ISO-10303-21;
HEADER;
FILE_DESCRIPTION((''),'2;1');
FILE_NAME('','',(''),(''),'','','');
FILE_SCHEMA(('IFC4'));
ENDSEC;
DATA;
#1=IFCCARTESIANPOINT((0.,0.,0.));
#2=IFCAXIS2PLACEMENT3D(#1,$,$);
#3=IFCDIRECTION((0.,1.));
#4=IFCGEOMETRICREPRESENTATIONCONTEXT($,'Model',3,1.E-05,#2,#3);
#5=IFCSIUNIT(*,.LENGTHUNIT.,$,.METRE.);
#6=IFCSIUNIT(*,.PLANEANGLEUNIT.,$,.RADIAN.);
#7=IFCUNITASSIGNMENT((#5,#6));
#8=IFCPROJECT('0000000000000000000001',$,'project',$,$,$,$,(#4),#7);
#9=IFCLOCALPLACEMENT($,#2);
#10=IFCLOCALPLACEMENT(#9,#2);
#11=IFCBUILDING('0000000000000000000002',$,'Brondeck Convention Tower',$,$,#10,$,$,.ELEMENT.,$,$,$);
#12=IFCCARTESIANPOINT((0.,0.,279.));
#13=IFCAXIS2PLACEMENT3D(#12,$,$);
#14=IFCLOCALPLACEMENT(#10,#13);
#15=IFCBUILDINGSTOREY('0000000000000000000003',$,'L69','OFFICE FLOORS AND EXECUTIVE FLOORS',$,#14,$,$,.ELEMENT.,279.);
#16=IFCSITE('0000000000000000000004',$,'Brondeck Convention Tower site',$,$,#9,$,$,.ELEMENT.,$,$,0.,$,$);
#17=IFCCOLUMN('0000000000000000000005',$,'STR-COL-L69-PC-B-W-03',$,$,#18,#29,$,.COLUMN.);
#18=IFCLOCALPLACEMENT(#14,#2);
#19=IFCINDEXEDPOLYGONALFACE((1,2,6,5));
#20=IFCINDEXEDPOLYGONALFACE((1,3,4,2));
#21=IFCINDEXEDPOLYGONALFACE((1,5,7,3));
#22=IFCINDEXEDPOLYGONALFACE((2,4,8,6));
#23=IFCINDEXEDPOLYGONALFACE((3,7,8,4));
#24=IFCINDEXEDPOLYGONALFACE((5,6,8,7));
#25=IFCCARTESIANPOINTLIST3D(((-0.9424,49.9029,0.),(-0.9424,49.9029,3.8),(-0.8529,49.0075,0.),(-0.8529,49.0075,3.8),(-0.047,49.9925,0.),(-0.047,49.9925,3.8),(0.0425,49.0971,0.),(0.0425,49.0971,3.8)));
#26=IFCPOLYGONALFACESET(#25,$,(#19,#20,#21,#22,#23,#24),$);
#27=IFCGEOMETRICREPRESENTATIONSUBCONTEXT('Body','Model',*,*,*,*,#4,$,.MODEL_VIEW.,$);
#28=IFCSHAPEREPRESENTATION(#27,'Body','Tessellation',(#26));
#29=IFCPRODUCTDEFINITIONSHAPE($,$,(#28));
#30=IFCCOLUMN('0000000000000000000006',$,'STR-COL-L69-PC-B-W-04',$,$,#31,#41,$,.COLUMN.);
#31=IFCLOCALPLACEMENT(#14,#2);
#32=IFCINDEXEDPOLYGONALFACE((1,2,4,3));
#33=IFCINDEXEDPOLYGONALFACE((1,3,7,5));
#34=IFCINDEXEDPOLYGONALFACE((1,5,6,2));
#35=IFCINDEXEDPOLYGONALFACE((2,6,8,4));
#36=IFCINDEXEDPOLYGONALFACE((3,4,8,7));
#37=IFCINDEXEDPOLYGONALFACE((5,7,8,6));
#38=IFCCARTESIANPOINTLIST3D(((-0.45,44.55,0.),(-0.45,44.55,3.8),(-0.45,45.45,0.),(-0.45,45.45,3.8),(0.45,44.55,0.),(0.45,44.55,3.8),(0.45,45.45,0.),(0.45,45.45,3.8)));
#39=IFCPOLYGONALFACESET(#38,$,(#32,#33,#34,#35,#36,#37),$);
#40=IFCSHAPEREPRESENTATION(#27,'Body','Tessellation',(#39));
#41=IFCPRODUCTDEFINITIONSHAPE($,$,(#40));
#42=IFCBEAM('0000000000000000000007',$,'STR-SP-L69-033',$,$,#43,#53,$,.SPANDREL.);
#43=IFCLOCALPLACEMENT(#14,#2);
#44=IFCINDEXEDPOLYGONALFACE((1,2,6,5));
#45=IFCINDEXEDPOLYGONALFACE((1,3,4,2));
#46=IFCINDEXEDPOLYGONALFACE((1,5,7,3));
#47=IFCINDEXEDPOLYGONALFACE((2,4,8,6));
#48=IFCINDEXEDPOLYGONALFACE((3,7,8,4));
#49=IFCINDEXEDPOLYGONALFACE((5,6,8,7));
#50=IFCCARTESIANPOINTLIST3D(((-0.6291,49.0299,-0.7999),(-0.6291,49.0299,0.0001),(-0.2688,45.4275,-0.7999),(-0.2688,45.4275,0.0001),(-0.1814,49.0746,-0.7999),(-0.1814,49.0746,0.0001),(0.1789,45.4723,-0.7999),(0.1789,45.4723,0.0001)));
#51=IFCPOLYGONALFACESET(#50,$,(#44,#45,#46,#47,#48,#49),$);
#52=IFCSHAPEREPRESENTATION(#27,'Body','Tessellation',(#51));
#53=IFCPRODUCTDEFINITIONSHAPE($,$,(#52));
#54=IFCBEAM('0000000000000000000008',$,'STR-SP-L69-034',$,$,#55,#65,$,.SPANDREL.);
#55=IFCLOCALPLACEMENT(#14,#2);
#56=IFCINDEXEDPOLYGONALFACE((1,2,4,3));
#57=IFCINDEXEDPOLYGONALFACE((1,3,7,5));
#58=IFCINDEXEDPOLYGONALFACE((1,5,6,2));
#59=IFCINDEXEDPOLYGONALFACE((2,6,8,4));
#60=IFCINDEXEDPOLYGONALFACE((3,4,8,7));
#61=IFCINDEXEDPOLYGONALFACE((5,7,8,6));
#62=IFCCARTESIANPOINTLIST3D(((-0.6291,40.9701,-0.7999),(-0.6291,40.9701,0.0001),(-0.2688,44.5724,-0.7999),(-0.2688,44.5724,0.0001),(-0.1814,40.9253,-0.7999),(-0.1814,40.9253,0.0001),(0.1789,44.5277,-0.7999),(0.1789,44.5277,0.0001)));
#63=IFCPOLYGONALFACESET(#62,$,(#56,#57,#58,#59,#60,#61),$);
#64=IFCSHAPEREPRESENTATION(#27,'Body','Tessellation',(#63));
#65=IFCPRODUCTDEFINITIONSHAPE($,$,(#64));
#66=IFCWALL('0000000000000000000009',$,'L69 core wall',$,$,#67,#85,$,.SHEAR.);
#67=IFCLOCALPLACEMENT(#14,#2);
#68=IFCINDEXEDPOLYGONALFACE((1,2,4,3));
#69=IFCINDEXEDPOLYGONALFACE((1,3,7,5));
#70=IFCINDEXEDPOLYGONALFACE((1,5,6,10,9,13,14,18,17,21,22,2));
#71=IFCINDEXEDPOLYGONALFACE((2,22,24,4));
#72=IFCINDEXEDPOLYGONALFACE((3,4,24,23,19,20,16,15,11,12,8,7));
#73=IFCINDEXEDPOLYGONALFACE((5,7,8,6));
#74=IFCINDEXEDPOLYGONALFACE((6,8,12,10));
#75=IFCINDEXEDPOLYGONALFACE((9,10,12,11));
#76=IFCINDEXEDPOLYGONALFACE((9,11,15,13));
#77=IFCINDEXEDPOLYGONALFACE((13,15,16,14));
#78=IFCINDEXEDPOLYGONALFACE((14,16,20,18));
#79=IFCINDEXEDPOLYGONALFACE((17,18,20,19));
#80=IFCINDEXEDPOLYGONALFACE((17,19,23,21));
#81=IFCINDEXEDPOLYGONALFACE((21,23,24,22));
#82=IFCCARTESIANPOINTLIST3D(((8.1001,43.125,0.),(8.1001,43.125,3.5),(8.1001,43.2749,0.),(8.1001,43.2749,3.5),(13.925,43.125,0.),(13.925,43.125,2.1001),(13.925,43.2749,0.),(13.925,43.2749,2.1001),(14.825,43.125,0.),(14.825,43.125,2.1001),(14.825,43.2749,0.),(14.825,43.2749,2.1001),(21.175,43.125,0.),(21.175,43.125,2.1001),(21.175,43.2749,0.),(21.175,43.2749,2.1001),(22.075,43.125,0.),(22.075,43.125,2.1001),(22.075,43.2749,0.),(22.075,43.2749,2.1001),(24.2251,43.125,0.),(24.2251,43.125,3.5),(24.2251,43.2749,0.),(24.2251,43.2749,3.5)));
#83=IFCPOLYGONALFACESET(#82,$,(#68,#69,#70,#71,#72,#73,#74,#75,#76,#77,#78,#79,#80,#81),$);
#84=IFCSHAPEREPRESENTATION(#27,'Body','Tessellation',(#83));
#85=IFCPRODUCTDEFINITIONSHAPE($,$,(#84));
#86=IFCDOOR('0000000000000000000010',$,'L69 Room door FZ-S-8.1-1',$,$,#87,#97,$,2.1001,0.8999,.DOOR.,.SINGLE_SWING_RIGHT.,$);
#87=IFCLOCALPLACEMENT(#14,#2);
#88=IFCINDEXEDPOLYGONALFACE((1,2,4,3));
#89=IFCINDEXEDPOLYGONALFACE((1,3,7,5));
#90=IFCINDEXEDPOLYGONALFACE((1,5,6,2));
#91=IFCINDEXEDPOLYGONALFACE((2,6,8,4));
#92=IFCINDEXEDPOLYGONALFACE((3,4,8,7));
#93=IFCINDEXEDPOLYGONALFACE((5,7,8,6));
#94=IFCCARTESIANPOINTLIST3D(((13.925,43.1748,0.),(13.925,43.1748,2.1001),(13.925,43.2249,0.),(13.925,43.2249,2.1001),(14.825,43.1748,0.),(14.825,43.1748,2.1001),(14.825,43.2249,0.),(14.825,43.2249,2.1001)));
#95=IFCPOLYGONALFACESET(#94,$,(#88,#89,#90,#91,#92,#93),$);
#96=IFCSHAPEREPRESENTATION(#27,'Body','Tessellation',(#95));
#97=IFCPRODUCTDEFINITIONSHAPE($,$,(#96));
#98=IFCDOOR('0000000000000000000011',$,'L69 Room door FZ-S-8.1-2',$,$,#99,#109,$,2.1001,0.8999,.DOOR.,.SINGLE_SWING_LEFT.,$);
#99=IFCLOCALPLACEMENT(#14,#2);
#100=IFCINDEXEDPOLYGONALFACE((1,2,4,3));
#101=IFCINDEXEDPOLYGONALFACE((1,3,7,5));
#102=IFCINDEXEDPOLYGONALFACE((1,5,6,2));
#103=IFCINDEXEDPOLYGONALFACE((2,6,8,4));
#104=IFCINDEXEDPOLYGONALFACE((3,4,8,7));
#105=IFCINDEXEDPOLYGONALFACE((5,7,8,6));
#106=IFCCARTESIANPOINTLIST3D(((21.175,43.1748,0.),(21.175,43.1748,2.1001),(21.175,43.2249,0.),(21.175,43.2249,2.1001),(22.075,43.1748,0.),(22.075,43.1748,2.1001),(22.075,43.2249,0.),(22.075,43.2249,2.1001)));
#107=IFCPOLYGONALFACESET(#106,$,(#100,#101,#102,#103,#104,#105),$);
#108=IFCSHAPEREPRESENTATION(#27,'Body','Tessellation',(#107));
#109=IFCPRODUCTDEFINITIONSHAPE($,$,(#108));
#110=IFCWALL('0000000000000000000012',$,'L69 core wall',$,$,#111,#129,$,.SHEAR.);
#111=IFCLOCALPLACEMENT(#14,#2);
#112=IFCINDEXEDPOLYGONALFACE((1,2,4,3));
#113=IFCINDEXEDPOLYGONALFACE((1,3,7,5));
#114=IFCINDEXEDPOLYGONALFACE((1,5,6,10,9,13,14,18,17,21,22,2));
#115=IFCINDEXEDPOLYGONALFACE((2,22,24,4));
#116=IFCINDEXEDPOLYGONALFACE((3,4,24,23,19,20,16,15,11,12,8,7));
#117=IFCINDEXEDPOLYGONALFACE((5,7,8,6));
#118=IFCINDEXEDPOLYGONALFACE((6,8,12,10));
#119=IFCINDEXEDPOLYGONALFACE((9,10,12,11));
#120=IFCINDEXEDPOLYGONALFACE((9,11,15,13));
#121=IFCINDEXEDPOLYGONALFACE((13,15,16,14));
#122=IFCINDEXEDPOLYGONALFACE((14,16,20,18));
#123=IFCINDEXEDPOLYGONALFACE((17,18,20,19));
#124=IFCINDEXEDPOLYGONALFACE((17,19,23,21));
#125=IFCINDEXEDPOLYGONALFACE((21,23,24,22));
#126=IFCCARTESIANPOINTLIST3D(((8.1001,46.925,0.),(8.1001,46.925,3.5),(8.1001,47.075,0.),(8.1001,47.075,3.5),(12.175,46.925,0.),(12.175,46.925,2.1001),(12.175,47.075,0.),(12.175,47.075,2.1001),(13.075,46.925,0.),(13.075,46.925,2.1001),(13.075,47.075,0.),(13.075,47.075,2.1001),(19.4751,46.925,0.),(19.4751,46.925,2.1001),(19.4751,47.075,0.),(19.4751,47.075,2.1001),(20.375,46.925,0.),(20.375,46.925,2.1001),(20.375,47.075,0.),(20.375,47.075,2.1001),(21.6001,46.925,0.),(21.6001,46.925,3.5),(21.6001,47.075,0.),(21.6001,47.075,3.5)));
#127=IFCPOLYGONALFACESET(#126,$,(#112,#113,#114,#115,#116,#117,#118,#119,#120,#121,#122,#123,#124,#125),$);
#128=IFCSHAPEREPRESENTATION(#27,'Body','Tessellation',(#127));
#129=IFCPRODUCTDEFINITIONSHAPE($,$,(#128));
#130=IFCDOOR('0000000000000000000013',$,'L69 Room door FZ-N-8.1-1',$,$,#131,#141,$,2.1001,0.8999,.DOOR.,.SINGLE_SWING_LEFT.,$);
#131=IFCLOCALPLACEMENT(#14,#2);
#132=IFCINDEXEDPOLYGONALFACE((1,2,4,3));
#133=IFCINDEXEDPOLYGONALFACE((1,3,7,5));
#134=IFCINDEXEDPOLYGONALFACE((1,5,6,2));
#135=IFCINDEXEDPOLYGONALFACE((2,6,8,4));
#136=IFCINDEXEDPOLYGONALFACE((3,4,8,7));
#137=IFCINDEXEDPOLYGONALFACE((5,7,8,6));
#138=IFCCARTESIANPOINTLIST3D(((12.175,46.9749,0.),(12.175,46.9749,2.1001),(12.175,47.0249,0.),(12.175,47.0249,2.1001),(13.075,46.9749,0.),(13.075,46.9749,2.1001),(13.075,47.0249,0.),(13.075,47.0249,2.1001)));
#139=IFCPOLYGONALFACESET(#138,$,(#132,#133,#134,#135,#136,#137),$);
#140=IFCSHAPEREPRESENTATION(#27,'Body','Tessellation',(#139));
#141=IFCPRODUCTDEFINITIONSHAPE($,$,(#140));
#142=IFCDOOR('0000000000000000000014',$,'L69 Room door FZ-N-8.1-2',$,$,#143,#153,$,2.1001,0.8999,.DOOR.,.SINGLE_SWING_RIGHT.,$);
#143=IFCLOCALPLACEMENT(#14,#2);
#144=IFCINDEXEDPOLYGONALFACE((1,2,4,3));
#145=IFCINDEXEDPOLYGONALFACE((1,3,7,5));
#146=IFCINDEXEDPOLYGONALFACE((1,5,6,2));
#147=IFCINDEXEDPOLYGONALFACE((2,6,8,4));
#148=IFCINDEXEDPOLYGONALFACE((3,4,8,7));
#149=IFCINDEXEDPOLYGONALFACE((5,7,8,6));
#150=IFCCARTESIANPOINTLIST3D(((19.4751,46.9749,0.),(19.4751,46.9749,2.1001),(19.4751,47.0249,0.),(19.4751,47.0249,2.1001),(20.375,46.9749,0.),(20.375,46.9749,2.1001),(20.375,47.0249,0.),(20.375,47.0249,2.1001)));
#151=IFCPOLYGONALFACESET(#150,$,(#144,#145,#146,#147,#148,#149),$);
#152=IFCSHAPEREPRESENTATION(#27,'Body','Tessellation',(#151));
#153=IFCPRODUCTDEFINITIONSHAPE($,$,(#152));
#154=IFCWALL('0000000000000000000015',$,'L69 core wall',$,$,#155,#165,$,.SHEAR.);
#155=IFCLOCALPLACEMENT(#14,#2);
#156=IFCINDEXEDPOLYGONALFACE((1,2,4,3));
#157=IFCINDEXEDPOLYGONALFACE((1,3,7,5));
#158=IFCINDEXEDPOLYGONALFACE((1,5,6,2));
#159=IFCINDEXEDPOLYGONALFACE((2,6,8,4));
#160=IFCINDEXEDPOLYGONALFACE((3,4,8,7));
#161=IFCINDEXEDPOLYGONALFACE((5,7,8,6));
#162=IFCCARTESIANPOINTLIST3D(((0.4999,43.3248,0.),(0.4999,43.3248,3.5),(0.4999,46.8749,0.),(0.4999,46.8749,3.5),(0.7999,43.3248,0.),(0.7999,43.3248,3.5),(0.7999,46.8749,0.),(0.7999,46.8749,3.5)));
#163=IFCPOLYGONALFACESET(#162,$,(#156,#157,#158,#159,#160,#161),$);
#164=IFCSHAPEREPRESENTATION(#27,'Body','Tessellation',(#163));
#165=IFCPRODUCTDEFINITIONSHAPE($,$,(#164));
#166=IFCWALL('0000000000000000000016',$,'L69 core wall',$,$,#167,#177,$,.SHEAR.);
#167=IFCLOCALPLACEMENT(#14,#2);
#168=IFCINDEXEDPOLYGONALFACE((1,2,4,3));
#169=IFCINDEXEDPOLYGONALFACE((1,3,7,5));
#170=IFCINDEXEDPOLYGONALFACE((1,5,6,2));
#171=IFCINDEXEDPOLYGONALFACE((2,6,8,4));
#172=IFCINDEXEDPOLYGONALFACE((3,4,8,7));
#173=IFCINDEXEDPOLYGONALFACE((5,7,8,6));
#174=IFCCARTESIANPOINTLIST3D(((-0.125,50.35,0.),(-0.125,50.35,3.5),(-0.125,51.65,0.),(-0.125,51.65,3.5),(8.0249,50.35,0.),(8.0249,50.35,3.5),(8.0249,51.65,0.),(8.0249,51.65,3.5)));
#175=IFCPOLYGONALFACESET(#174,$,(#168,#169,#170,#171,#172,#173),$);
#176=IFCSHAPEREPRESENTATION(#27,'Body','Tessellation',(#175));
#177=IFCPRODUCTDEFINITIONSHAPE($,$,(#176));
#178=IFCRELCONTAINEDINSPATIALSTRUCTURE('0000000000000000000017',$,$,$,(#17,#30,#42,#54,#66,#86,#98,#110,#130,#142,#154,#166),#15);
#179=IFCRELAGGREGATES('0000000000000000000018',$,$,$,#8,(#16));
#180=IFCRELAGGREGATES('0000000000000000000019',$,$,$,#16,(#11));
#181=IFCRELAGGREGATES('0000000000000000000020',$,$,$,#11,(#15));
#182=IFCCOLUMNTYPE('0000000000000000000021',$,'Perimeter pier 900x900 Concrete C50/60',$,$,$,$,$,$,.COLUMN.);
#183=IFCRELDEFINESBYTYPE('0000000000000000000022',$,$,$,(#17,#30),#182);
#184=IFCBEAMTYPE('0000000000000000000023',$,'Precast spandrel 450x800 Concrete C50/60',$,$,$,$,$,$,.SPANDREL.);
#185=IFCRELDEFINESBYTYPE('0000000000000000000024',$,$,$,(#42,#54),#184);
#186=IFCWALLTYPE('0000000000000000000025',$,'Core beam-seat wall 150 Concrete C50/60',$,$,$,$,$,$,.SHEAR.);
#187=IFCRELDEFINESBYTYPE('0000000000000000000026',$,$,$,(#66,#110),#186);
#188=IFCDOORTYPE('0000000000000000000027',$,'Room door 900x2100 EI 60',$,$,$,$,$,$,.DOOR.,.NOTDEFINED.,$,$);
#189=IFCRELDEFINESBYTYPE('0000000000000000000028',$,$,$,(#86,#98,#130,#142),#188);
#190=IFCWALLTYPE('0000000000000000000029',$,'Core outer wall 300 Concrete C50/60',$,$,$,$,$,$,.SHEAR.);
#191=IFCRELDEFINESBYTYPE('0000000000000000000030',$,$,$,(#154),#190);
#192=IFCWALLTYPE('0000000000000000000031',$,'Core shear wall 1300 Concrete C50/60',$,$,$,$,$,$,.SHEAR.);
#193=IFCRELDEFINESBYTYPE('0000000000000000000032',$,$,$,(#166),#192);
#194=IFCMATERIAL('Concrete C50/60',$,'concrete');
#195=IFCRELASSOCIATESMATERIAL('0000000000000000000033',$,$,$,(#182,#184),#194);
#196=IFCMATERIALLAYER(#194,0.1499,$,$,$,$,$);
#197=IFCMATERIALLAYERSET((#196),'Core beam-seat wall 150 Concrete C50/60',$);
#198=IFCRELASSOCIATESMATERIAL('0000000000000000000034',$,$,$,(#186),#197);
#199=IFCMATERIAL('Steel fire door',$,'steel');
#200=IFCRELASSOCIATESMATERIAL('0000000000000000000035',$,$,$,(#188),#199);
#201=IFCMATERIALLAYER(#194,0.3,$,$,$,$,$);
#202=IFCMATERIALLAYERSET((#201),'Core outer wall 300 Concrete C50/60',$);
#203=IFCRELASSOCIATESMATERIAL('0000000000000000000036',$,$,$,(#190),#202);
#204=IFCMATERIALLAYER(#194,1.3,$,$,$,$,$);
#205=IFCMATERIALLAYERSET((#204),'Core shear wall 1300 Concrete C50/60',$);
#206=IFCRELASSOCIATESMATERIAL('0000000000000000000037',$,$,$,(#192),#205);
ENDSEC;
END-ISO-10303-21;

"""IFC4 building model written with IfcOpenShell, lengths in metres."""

from ifc_helpers import new_model, si_unit, direction, frame, frame_2d, origin, origin_2d, place, context, subcontext, project, spatial, rectangle, extrude, material, layer, layer_set, material_profile, profile_set, type_object, element, fill, save


model = new_model("IFC4")

# Units and contexts
model_context = context("Model", 3, precision=1e-05, world=origin(), true_north=direction((0.0, 1.0)))
body_context = subcontext(model_context, "Body", "Model", "MODEL_VIEW")
ifc_project = project(units=[si_unit("LENGTHUNIT", "METRE"), si_unit("PLANEANGLEUNIT", "RADIAN")], contexts=[model_context])

# Site, building, storey
site_placement = place(None, origin())
site = spatial("IfcSite", under=ifc_project, at=site_placement, Name="Brondeck Convention Tower site", CompositionType="ELEMENT", RefElevation=0.0)
building_placement = place(site_placement, origin())
building = spatial("IfcBuilding", under=site, at=building_placement, Name="Brondeck Convention Tower", CompositionType="ELEMENT")
storey_placement = place(building_placement, frame((0.0, 0.0, 279.0)))
storey = spatial("IfcBuildingStorey", under=building, at=storey_placement, Name="L69", Description="OFFICE FLOORS AND EXECUTIVE FLOORS", CompositionType="ELEMENT", Elevation=279.0)

# Columns
ifc_material_1 = material(Name="Concrete C50/60", Category="concrete")
ifc_material_profile_1 = material_profile(ifc_material_1, rectangle(XDim=0.8999, YDim=0.8999, at=origin_2d()), Name="Perimeter pier 900x900 Concrete C50/60")
ifc_profile_set_1 = profile_set([ifc_material_profile_1], Name="Concrete C50/60")
column_type = type_object("IfcColumnType", Name="Perimeter pier 900x900 Concrete C50/60", PredefinedType="COLUMN", material=ifc_profile_set_1)
for number, where, z_axis, x_axis, name in (
    (1, (-0.45, 49.5, 0.0), (0.0, 0.0, 1.0), (0.099504, -0.995037, 0.0), "STR-COL-L69-PC-B-W-03"),
    (2, (0.0, 45.0, 0.0), (0.0, 0.0, 1.0), (0.0, -1.0, 0.0), "STR-COL-L69-PC-B-W-04"),
):
    element("IfcColumn", number, at=place(storey_placement, frame(where, z_axis=z_axis, x_axis=x_axis)), inside=storey, type_object=column_type, Name=name, PredefinedType="COLUMN", context=body_context, shape_type="SweptSolid", body=[
        extrude(rectangle(XDim=0.8999, YDim=0.8999, at=origin_2d()), origin(), (0.0, 0.0, 1.0), 3.8),
    ])

# Beams
ifc_material_profile_2 = material_profile(ifc_material_1, rectangle(XDim=0.45, YDim=0.8, at=origin_2d()), Name="Precast spandrel 450x800 Concrete C50/60")
ifc_profile_set_2 = profile_set([ifc_material_profile_2], Name="Concrete C50/60")
beam_type = type_object("IfcBeamType", Name="Precast spandrel 450x800 Concrete C50/60", PredefinedType="SPANDREL", material=ifc_profile_set_2)
for number, where, z_axis, x_axis, name in (
    (3, (-0.4053, 49.0522, -0.3999), (0.099537, -0.995034, 0.0), (0.995034, 0.099537, 0.0), "STR-SP-L69-033"),
    (4, (-0.0449, 44.55, -0.3999), (-0.099537, -0.995034, 0.0), (0.995034, -0.099537, 0.0), "STR-SP-L69-034"),
):
    element("IfcBeam", number, at=place(storey_placement, frame(where, z_axis=z_axis, x_axis=x_axis)), inside=storey, type_object=beam_type, Name=name, PredefinedType="SPANDREL", context=body_context, shape_type="SweptSolid", body=[
        extrude(rectangle(XDim=0.45, YDim=0.8, at=origin_2d()), origin(), (0.0, 0.0, 1.0), 3.6204),
    ])

# Walls, openings, doors
ifc_layer_1 = layer(ifc_material_1, 0.1499)
ifc_layer_set_1 = layer_set([ifc_layer_1], Name="Core beam-seat wall 150 Concrete C50/60")
wall_type_1 = type_object("IfcWallType", Name="Core beam-seat wall 150 Concrete C50/60", PredefinedType="SHEAR", material=ifc_layer_set_1)
wall_1_placement = place(storey_placement, frame((8.1001, 43.2, 0.0), z_axis=(0.0, 0.0, 1.0), x_axis=(1.0, 0.0, 0.0)))
wall_1 = element("IfcWall", 5, at=wall_1_placement, inside=storey, type_object=wall_type_1, Name="L69 core wall", PredefinedType="SHEAR", context=body_context, shape_type="SweptSolid", body=[
    extrude(rectangle(XDim=16.125, YDim=0.1499, at=frame_2d((8.0625, 0.0))), origin(), (0.0, 0.0, 1.0), 3.5),
])
opening_1_placement = place(wall_1_placement, frame((5.825, 0.0, 0.0)))
opening_1 = element("IfcOpeningElement", 6, at=opening_1_placement, cuts=wall_1, PredefinedType="OPENING", context=body_context, shape_type="SweptSolid", body=[
    extrude(rectangle(XDim=0.8999, YDim=2.1001, at=frame_2d((0.45, 1.05))), frame((0.0, 0.085, 0.0), z_axis=(0.0, -1.0, 0.0), x_axis=(1.0, 0.0, 0.0)), (0.0, 0.0, 1.0), 0.1699),
])
opening_2_placement = place(wall_1_placement, frame((13.075, 0.0, 0.0)))
opening_2 = element("IfcOpeningElement", 7, at=opening_2_placement, cuts=wall_1, PredefinedType="OPENING", context=body_context, shape_type="SweptSolid", body=[
    extrude(rectangle(XDim=0.8999, YDim=2.1001, at=frame_2d((0.45, 1.05))), frame((0.0, 0.085, 0.0), z_axis=(0.0, -1.0, 0.0), x_axis=(1.0, 0.0, 0.0)), (0.0, 0.0, 1.0), 0.1699),
])
ifc_material_2 = material(Name="Steel fire door", Category="steel")
door_type_1 = type_object("IfcDoorType", Name="Room door 900x2100 EI 60", OperationType="NOTDEFINED", PredefinedType="DOOR", material=ifc_material_2)
door_1_placement = place(opening_1_placement, origin())
door_1 = element("IfcDoor", 8, at=door_1_placement, inside=storey, type_object=door_type_1, Name="L69 Room door FZ-S-8.1-1", OperationType="SINGLE_SWING_RIGHT", OverallHeight=2.1001, OverallWidth=0.8999, PredefinedType="DOOR", context=body_context, shape_type="SweptSolid", body=[
    extrude(rectangle(XDim=0.8999, YDim=2.1001, at=frame_2d((0.45, 1.05))), frame((0.0, 0.0249, 0.0), z_axis=(0.0, -1.0, 0.0), x_axis=(1.0, 0.0, 0.0)), (0.0, 0.0, 1.0), 0.05),
])
fill(opening_1, door_1)
door_2_placement = place(opening_2_placement, origin())
door_2 = element("IfcDoor", 9, at=door_2_placement, inside=storey, type_object=door_type_1, Name="L69 Room door FZ-S-8.1-2", OperationType="SINGLE_SWING_LEFT", OverallHeight=2.1001, OverallWidth=0.8999, PredefinedType="DOOR", context=body_context, shape_type="SweptSolid", body=[
    extrude(rectangle(XDim=0.8999, YDim=2.1001, at=frame_2d((0.45, 1.05))), frame((0.0, 0.0249, 0.0), z_axis=(0.0, -1.0, 0.0), x_axis=(1.0, 0.0, 0.0)), (0.0, 0.0, 1.0), 0.05),
])
fill(opening_2, door_2)
wall_2_placement = place(storey_placement, frame((8.1001, 47.0, 0.0), z_axis=(0.0, 0.0, 1.0), x_axis=(1.0, 0.0, 0.0)))
wall_2 = element("IfcWall", 10, at=wall_2_placement, inside=storey, type_object=wall_type_1, Name="L69 core wall", PredefinedType="SHEAR", context=body_context, shape_type="SweptSolid", body=[
    extrude(rectangle(XDim=13.5, YDim=0.1499, at=frame_2d((6.75, 0.0))), origin(), (0.0, 0.0, 1.0), 3.5),
])
opening_3_placement = place(wall_2_placement, frame((4.075, 0.0, 0.0)))
opening_3 = element("IfcOpeningElement", 11, at=opening_3_placement, cuts=wall_2, PredefinedType="OPENING", context=body_context, shape_type="SweptSolid", body=[
    extrude(rectangle(XDim=0.8999, YDim=2.1001, at=frame_2d((0.45, 1.05))), frame((0.0, 0.085, 0.0), z_axis=(0.0, -1.0, 0.0), x_axis=(1.0, 0.0, 0.0)), (0.0, 0.0, 1.0), 0.1699),
])
opening_4_placement = place(wall_2_placement, frame((11.375, 0.0, 0.0)))
opening_4 = element("IfcOpeningElement", 12, at=opening_4_placement, cuts=wall_2, PredefinedType="OPENING", context=body_context, shape_type="SweptSolid", body=[
    extrude(rectangle(XDim=0.8999, YDim=2.1001, at=frame_2d((0.45, 1.05))), frame((0.0, 0.085, 0.0), z_axis=(0.0, -1.0, 0.0), x_axis=(1.0, 0.0, 0.0)), (0.0, 0.0, 1.0), 0.1699),
])
door_3_placement = place(opening_3_placement, origin())
door_3 = element("IfcDoor", 13, at=door_3_placement, inside=storey, type_object=door_type_1, Name="L69 Room door FZ-N-8.1-1", OperationType="SINGLE_SWING_LEFT", OverallHeight=2.1001, OverallWidth=0.8999, PredefinedType="DOOR", context=body_context, shape_type="SweptSolid", body=[
    extrude(rectangle(XDim=0.8999, YDim=2.1001, at=frame_2d((0.45, 1.05))), frame((0.0, 0.0249, 0.0), z_axis=(0.0, -1.0, 0.0), x_axis=(1.0, 0.0, 0.0)), (0.0, 0.0, 1.0), 0.05),
])
fill(opening_3, door_3)
door_4_placement = place(opening_4_placement, origin())
door_4 = element("IfcDoor", 14, at=door_4_placement, inside=storey, type_object=door_type_1, Name="L69 Room door FZ-N-8.1-2", OperationType="SINGLE_SWING_RIGHT", OverallHeight=2.1001, OverallWidth=0.8999, PredefinedType="DOOR", context=body_context, shape_type="SweptSolid", body=[
    extrude(rectangle(XDim=0.8999, YDim=2.1001, at=frame_2d((0.45, 1.05))), frame((0.0, 0.0249, 0.0), z_axis=(0.0, -1.0, 0.0), x_axis=(1.0, 0.0, 0.0)), (0.0, 0.0, 1.0), 0.05),
])
fill(opening_4, door_4)

# Walls
ifc_layer_2 = layer(ifc_material_1, 0.3)
ifc_layer_set_2 = layer_set([ifc_layer_2], Name="Core outer wall 300 Concrete C50/60")
wall_type_2 = type_object("IfcWallType", Name="Core outer wall 300 Concrete C50/60", PredefinedType="SHEAR", material=ifc_layer_set_2)
wall_3_placement = place(storey_placement, frame((0.6499, 43.325, 0.0), z_axis=(0.0, 0.0, 1.0), x_axis=(0.0, 1.0, 0.0)))
element("IfcWall", 15, at=wall_3_placement, inside=storey, type_object=wall_type_2, Name="L69 core wall", PredefinedType="SHEAR", context=body_context, shape_type="SweptSolid", body=[
    extrude(rectangle(XDim=3.55, YDim=0.3, at=frame_2d((1.7749, 0.0))), origin(), (0.0, 0.0, 1.0), 3.5),
])
ifc_layer_3 = layer(ifc_material_1, 1.3)
ifc_layer_set_3 = layer_set([ifc_layer_3], Name="Core shear wall 1300 Concrete C50/60")
wall_type_3 = type_object("IfcWallType", Name="Core shear wall 1300 Concrete C50/60", PredefinedType="SHEAR", material=ifc_layer_set_3)
wall_4_placement = place(storey_placement, frame((-0.125, 51.0, 0.0), z_axis=(0.0, 0.0, 1.0), x_axis=(1.0, 0.0, 0.0)))
element("IfcWall", 16, at=wall_4_placement, inside=storey, type_object=wall_type_3, Name="L69 core wall", PredefinedType="SHEAR", context=body_context, shape_type="SweptSolid", body=[
    extrude(rectangle(XDim=8.1499, YDim=1.3, at=frame_2d((4.075, 0.0))), origin(), (0.0, 0.0, 1.0), 3.5),
])

save(model, "model.ifc")
